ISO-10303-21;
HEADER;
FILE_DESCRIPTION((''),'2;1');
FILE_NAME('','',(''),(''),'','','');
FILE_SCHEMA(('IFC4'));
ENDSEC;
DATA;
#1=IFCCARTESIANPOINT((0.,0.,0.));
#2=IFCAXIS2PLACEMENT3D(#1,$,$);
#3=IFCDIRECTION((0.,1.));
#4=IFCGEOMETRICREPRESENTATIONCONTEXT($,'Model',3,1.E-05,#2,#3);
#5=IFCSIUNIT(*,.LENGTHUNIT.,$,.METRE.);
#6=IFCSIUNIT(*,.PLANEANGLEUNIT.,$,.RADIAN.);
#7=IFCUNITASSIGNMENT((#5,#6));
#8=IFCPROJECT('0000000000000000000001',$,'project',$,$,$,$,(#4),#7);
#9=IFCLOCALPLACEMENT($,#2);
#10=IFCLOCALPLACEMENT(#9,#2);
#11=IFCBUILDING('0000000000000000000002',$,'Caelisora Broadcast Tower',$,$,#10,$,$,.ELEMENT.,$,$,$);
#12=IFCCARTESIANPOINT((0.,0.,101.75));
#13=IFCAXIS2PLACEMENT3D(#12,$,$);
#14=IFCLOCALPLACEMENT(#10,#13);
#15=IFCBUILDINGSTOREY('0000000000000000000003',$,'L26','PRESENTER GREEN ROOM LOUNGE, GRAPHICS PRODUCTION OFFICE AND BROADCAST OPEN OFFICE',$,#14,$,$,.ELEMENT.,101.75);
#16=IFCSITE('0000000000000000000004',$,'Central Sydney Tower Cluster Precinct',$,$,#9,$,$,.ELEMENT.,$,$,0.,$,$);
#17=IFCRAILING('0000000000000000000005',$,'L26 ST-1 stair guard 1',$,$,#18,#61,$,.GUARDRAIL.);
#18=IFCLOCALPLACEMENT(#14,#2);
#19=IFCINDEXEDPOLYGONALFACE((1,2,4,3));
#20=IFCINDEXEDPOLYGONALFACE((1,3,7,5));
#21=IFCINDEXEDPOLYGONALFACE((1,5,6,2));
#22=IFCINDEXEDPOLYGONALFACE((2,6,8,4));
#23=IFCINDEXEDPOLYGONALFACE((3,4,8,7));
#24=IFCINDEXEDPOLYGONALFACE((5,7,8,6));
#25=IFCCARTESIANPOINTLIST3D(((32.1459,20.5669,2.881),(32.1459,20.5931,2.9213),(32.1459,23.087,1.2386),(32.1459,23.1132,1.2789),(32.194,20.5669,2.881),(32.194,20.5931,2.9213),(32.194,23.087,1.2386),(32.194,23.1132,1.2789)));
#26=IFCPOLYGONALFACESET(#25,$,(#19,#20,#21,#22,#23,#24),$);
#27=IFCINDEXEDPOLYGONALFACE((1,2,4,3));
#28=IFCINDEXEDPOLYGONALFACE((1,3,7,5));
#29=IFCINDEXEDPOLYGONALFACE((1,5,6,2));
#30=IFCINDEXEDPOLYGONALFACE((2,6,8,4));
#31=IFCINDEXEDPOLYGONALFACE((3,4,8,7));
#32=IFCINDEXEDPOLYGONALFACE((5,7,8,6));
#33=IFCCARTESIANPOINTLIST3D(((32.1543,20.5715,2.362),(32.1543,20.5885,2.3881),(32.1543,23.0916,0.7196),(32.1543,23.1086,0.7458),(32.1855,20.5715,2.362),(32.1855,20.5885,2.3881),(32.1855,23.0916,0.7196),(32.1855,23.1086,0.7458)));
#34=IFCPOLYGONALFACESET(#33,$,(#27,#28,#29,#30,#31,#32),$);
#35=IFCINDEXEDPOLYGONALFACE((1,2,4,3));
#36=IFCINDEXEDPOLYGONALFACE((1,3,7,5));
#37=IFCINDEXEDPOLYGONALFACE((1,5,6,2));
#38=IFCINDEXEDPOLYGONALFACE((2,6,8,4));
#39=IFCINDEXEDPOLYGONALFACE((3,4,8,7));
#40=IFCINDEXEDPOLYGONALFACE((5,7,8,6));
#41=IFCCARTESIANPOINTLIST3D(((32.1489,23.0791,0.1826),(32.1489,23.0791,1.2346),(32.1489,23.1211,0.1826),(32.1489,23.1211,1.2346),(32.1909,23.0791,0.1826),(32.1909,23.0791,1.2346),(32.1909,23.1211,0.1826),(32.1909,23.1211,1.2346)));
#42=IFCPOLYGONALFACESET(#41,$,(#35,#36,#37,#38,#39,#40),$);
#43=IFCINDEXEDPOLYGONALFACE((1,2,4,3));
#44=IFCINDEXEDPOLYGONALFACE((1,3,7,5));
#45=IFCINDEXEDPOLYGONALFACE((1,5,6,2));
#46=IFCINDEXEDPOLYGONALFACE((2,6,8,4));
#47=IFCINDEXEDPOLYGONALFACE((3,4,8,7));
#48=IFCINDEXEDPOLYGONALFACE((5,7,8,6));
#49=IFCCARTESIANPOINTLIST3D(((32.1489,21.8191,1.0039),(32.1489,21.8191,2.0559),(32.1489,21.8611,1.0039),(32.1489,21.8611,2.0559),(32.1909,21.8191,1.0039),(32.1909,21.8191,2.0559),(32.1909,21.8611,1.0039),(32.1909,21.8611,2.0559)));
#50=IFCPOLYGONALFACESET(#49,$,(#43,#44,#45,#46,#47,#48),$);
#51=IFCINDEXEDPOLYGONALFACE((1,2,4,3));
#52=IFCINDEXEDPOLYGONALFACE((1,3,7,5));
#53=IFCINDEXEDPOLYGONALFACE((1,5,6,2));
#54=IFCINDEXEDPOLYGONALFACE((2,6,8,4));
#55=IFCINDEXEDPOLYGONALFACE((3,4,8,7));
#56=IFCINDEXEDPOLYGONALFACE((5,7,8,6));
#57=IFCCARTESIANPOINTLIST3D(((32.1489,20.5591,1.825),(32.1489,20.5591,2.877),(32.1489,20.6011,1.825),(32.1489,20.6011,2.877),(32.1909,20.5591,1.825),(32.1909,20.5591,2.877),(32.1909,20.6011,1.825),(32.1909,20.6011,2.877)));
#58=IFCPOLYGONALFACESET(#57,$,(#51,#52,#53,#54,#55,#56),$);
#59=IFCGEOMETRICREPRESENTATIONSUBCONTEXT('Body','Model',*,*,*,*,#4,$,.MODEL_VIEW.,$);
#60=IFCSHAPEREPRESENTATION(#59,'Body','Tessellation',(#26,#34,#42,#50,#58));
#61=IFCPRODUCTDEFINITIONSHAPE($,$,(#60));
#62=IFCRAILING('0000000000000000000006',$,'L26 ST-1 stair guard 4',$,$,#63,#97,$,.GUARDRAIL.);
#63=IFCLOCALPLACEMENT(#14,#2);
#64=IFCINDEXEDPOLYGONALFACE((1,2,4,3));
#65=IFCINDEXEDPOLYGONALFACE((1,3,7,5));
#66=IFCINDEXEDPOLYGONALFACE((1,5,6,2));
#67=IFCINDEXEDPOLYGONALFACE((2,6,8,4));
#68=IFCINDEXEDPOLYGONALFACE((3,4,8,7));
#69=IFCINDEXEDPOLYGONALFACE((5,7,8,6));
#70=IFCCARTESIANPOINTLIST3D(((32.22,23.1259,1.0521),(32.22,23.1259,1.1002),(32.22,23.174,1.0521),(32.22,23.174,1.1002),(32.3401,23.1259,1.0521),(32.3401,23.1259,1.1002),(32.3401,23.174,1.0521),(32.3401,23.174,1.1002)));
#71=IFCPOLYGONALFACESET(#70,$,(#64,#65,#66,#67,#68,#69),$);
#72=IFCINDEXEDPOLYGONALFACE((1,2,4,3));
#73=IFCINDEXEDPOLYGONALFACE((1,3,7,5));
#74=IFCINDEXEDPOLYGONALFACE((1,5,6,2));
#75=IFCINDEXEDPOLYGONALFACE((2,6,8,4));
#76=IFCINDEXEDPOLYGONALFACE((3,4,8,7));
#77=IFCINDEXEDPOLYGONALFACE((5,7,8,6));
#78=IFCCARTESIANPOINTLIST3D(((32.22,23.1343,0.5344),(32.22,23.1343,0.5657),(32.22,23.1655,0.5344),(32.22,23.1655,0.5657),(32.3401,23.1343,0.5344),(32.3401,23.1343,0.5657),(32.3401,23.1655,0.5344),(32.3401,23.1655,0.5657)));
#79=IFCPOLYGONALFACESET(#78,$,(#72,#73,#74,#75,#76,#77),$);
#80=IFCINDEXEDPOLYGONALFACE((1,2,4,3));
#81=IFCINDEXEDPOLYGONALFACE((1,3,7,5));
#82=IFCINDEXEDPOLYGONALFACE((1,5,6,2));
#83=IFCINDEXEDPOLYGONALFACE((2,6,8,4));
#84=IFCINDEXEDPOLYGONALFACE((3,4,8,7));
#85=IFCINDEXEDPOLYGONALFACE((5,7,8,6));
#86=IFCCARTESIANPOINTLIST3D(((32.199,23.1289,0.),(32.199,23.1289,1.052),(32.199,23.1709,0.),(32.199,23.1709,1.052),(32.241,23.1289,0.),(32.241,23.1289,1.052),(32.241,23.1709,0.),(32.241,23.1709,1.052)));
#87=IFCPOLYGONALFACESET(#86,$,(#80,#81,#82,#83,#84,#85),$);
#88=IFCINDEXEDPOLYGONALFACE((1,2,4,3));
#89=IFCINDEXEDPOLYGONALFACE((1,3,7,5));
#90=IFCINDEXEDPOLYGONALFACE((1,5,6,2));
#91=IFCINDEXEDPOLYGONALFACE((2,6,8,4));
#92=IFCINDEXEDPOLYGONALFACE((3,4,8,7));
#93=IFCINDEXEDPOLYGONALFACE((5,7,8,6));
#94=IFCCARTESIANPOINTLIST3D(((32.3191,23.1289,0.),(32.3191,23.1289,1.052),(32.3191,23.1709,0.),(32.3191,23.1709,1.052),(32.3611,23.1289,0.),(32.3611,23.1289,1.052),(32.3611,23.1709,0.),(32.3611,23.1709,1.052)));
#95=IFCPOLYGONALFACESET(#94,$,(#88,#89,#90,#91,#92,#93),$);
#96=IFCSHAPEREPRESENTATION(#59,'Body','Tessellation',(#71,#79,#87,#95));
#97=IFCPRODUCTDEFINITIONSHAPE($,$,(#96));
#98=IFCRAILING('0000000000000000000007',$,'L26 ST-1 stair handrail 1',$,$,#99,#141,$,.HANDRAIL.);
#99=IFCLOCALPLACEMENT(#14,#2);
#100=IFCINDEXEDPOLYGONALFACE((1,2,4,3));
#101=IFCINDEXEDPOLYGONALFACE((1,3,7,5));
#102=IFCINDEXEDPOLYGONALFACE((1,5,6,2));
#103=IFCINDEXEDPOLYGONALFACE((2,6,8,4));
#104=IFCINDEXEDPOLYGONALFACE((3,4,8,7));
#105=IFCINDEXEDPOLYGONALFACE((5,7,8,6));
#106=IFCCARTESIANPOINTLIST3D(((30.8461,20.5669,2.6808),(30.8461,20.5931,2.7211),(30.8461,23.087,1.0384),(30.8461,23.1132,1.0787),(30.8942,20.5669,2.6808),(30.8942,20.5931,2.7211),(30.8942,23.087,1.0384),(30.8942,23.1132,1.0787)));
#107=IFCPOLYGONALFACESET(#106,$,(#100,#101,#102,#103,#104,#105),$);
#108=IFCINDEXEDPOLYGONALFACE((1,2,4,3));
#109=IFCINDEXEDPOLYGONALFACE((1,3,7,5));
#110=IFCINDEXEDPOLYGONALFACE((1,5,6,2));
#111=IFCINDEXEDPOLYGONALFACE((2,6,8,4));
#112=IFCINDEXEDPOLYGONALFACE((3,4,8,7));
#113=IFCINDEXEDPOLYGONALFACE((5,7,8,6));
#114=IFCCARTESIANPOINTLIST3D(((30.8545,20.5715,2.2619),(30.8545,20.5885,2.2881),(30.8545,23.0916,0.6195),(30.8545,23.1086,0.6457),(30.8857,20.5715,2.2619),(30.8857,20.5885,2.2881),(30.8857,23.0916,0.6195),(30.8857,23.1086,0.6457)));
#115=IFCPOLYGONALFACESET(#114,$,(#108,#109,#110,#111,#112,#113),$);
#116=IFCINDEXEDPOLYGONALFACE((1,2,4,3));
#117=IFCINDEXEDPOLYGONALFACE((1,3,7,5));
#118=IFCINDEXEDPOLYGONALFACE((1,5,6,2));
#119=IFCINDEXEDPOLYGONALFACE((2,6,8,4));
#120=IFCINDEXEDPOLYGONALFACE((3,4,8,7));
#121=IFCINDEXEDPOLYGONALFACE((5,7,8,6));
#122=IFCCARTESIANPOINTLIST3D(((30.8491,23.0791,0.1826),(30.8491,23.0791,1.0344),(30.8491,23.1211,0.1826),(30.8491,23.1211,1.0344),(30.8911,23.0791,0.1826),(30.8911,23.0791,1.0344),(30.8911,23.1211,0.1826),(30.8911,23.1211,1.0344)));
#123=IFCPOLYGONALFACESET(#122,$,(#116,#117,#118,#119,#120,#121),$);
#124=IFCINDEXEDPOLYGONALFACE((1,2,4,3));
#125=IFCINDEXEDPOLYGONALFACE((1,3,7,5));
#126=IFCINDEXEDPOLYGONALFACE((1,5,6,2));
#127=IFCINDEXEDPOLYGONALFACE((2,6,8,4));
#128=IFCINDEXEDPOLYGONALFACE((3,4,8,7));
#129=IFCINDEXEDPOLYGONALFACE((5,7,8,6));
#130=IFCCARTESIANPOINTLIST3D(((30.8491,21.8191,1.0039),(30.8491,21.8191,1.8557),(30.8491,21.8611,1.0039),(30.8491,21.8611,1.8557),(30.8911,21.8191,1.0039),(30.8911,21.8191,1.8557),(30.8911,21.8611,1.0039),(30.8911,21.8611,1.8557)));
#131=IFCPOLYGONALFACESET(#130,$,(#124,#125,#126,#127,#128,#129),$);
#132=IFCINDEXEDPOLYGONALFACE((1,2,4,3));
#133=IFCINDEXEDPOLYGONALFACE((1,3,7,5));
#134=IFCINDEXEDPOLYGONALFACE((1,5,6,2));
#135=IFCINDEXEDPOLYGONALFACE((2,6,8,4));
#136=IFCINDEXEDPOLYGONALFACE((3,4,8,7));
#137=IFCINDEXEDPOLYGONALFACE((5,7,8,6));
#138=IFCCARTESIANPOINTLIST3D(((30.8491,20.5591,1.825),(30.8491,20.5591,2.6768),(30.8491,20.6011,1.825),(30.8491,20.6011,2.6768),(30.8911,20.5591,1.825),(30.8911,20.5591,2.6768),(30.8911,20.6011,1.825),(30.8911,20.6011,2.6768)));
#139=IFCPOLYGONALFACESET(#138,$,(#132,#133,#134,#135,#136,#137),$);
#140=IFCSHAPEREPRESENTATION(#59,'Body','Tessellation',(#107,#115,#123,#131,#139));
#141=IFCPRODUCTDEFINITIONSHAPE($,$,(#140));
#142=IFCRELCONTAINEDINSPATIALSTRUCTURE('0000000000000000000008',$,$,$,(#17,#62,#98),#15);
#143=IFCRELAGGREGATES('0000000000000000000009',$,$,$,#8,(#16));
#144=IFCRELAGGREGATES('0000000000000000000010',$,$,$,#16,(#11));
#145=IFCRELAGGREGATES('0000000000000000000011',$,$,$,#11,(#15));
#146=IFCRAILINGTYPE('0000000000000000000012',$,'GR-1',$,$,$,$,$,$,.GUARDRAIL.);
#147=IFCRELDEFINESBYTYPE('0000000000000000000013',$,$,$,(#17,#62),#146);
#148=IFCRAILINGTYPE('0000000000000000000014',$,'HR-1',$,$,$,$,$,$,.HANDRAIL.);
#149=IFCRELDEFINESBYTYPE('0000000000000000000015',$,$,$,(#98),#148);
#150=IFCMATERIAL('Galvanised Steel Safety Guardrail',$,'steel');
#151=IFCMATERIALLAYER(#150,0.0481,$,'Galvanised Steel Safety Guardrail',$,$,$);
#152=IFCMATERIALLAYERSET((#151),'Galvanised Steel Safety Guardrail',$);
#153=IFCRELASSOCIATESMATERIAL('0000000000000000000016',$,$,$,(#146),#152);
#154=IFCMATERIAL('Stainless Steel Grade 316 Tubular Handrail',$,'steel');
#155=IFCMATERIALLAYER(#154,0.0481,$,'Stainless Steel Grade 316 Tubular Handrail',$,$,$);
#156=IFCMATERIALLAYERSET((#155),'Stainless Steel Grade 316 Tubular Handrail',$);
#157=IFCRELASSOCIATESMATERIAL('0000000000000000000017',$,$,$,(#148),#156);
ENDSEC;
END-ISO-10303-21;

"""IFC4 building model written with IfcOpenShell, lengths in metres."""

from ifc_helpers import new_model, si_unit, direction, frame, origin, origin_2d, place, context, subcontext, project, spatial, rectangle, extrude, material, layer, layer_set, type_object, element, save


model = new_model("IFC4")

# Units and contexts
model_context = context("Model", 3, precision=1e-05, world=origin(), true_north=direction((0.0, 1.0)))
body_context = subcontext(model_context, "Body", "Model", "MODEL_VIEW")
ifc_project = project(units=[si_unit("LENGTHUNIT", "METRE"), si_unit("PLANEANGLEUNIT", "RADIAN")], contexts=[model_context])

# Site, building, storey
site_placement = place(None, origin())
site = spatial("IfcSite", under=ifc_project, at=site_placement, Name="Central Sydney Tower Cluster Precinct", CompositionType="ELEMENT", RefElevation=0.0)
building_placement = place(site_placement, origin())
building = spatial("IfcBuilding", under=site, at=building_placement, Name="Caelisora Broadcast Tower", CompositionType="ELEMENT")
storey_placement = place(building_placement, frame((0.0, 0.0, 101.75)))
storey = spatial("IfcBuildingStorey", under=building, at=storey_placement, Name="L26", Description="PRESENTER GREEN ROOM LOUNGE, GRAPHICS PRODUCTION OFFICE AND BROADCAST OPEN OFFICE", CompositionType="ELEMENT", Elevation=101.75)

# Railings
ifc_material_1 = material(Name="Galvanised Steel Safety Guardrail", Category="steel")
ifc_layer_1 = layer(ifc_material_1, 0.0481, Name="Galvanised Steel Safety Guardrail")
ifc_layer_set_1 = layer_set([ifc_layer_1], Name="Galvanised Steel Safety Guardrail")
railing_type_1 = type_object("IfcRailingType", Name="GR-1", PredefinedType="GUARDRAIL", material=ifc_layer_set_1)
railing_1_placement = place(storey_placement, frame((32.1699, 23.1001, 0.1826)))
element("IfcRailing", 1, at=railing_1_placement, inside=storey, type_object=railing_type_1, Name="L26 ST-1 stair guard 1", PredefinedType="GUARDRAIL", context=body_context, shape_type="SweptSolid", body=[
    extrude(rectangle(XDim=0.0481, YDim=0.0481, at=origin_2d()), frame((0.0, 0.0, 1.0762), z_axis=(0.0, -0.837787, 0.545998), x_axis=(1.0, 0.0, 0.0)), (0.0, 0.0, 1.0), 3.0081),
    extrude(rectangle(XDim=0.0312, YDim=0.0312, at=origin_2d()), frame((0.0, 0.0, 0.55), z_axis=(0.0, -0.837787, 0.545998), x_axis=(1.0, 0.0, 0.0)), (0.0, 0.0, 1.0), 3.0081),
    extrude(rectangle(XDim=0.042, YDim=0.042, at=origin_2d()), origin(), (0.0, 0.0, 1.0), 1.052),
    extrude(rectangle(XDim=0.042, YDim=0.042, at=origin_2d()), frame((0.0, -1.26, 0.8213)), (0.0, 0.0, 1.0), 1.052),
    extrude(rectangle(XDim=0.042, YDim=0.042, at=origin_2d()), frame((0.0, -2.52, 1.6423)), (0.0, 0.0, 1.0), 1.052),
])
railing_2_placement = place(storey_placement, frame((32.22, 23.1499, 0.0)))
element("IfcRailing", 2, at=railing_2_placement, inside=storey, type_object=railing_type_1, Name="L26 ST-1 stair guard 4", PredefinedType="GUARDRAIL", context=body_context, shape_type="SweptSolid", body=[
    extrude(rectangle(XDim=0.0481, YDim=0.0481, at=origin_2d()), frame((0.0, 0.0, 1.0762), z_axis=(1.0, 0.0, 0.0), x_axis=(0.0, 1.0, 0.0)), (0.0, 0.0, 1.0), 0.1201),
    extrude(rectangle(XDim=0.0312, YDim=0.0312, at=origin_2d()), frame((0.0, 0.0, 0.55), z_axis=(1.0, 0.0, 0.0), x_axis=(0.0, 1.0, 0.0)), (0.0, 0.0, 1.0), 0.1201),
    extrude(rectangle(XDim=0.042, YDim=0.042, at=origin_2d()), origin(), (0.0, 0.0, 1.0), 1.052),
    extrude(rectangle(XDim=0.042, YDim=0.042, at=origin_2d()), frame((0.1201, 0.0, 0.0)), (0.0, 0.0, 1.0), 1.052),
])
ifc_material_2 = material(Name="Stainless Steel Grade 316 Tubular Handrail", Category="steel")
ifc_layer_2 = layer(ifc_material_2, 0.0481, Name="Stainless Steel Grade 316 Tubular Handrail")
ifc_layer_set_2 = layer_set([ifc_layer_2], Name="Stainless Steel Grade 316 Tubular Handrail")
railing_type_2 = type_object("IfcRailingType", Name="HR-1", PredefinedType="HANDRAIL", material=ifc_layer_set_2)
railing_3_placement = place(storey_placement, frame((30.8701, 23.1001, 0.1826)))
element("IfcRailing", 3, at=railing_3_placement, inside=storey, type_object=railing_type_2, Name="L26 ST-1 stair handrail 1", PredefinedType="HANDRAIL", context=body_context, shape_type="SweptSolid", body=[
    extrude(rectangle(XDim=0.0481, YDim=0.0481, at=origin_2d()), frame((0.0, 0.0, 0.876), z_axis=(0.0, -0.837787, 0.545998), x_axis=(1.0, 0.0, 0.0)), (0.0, 0.0, 1.0), 3.0081),
    extrude(rectangle(XDim=0.0312, YDim=0.0312, at=origin_2d()), frame((0.0, 0.0, 0.45), z_axis=(0.0, -0.837787, 0.545998), x_axis=(1.0, 0.0, 0.0)), (0.0, 0.0, 1.0), 3.0081),
    extrude(rectangle(XDim=0.042, YDim=0.042, at=origin_2d()), origin(), (0.0, 0.0, 1.0), 0.8518),
    extrude(rectangle(XDim=0.042, YDim=0.042, at=origin_2d()), frame((0.0, -1.26, 0.8213)), (0.0, 0.0, 1.0), 0.8518),
    extrude(rectangle(XDim=0.042, YDim=0.042, at=origin_2d()), frame((0.0, -2.52, 1.6423)), (0.0, 0.0, 1.0), 0.8518),
])

save(model, "model.ifc")
